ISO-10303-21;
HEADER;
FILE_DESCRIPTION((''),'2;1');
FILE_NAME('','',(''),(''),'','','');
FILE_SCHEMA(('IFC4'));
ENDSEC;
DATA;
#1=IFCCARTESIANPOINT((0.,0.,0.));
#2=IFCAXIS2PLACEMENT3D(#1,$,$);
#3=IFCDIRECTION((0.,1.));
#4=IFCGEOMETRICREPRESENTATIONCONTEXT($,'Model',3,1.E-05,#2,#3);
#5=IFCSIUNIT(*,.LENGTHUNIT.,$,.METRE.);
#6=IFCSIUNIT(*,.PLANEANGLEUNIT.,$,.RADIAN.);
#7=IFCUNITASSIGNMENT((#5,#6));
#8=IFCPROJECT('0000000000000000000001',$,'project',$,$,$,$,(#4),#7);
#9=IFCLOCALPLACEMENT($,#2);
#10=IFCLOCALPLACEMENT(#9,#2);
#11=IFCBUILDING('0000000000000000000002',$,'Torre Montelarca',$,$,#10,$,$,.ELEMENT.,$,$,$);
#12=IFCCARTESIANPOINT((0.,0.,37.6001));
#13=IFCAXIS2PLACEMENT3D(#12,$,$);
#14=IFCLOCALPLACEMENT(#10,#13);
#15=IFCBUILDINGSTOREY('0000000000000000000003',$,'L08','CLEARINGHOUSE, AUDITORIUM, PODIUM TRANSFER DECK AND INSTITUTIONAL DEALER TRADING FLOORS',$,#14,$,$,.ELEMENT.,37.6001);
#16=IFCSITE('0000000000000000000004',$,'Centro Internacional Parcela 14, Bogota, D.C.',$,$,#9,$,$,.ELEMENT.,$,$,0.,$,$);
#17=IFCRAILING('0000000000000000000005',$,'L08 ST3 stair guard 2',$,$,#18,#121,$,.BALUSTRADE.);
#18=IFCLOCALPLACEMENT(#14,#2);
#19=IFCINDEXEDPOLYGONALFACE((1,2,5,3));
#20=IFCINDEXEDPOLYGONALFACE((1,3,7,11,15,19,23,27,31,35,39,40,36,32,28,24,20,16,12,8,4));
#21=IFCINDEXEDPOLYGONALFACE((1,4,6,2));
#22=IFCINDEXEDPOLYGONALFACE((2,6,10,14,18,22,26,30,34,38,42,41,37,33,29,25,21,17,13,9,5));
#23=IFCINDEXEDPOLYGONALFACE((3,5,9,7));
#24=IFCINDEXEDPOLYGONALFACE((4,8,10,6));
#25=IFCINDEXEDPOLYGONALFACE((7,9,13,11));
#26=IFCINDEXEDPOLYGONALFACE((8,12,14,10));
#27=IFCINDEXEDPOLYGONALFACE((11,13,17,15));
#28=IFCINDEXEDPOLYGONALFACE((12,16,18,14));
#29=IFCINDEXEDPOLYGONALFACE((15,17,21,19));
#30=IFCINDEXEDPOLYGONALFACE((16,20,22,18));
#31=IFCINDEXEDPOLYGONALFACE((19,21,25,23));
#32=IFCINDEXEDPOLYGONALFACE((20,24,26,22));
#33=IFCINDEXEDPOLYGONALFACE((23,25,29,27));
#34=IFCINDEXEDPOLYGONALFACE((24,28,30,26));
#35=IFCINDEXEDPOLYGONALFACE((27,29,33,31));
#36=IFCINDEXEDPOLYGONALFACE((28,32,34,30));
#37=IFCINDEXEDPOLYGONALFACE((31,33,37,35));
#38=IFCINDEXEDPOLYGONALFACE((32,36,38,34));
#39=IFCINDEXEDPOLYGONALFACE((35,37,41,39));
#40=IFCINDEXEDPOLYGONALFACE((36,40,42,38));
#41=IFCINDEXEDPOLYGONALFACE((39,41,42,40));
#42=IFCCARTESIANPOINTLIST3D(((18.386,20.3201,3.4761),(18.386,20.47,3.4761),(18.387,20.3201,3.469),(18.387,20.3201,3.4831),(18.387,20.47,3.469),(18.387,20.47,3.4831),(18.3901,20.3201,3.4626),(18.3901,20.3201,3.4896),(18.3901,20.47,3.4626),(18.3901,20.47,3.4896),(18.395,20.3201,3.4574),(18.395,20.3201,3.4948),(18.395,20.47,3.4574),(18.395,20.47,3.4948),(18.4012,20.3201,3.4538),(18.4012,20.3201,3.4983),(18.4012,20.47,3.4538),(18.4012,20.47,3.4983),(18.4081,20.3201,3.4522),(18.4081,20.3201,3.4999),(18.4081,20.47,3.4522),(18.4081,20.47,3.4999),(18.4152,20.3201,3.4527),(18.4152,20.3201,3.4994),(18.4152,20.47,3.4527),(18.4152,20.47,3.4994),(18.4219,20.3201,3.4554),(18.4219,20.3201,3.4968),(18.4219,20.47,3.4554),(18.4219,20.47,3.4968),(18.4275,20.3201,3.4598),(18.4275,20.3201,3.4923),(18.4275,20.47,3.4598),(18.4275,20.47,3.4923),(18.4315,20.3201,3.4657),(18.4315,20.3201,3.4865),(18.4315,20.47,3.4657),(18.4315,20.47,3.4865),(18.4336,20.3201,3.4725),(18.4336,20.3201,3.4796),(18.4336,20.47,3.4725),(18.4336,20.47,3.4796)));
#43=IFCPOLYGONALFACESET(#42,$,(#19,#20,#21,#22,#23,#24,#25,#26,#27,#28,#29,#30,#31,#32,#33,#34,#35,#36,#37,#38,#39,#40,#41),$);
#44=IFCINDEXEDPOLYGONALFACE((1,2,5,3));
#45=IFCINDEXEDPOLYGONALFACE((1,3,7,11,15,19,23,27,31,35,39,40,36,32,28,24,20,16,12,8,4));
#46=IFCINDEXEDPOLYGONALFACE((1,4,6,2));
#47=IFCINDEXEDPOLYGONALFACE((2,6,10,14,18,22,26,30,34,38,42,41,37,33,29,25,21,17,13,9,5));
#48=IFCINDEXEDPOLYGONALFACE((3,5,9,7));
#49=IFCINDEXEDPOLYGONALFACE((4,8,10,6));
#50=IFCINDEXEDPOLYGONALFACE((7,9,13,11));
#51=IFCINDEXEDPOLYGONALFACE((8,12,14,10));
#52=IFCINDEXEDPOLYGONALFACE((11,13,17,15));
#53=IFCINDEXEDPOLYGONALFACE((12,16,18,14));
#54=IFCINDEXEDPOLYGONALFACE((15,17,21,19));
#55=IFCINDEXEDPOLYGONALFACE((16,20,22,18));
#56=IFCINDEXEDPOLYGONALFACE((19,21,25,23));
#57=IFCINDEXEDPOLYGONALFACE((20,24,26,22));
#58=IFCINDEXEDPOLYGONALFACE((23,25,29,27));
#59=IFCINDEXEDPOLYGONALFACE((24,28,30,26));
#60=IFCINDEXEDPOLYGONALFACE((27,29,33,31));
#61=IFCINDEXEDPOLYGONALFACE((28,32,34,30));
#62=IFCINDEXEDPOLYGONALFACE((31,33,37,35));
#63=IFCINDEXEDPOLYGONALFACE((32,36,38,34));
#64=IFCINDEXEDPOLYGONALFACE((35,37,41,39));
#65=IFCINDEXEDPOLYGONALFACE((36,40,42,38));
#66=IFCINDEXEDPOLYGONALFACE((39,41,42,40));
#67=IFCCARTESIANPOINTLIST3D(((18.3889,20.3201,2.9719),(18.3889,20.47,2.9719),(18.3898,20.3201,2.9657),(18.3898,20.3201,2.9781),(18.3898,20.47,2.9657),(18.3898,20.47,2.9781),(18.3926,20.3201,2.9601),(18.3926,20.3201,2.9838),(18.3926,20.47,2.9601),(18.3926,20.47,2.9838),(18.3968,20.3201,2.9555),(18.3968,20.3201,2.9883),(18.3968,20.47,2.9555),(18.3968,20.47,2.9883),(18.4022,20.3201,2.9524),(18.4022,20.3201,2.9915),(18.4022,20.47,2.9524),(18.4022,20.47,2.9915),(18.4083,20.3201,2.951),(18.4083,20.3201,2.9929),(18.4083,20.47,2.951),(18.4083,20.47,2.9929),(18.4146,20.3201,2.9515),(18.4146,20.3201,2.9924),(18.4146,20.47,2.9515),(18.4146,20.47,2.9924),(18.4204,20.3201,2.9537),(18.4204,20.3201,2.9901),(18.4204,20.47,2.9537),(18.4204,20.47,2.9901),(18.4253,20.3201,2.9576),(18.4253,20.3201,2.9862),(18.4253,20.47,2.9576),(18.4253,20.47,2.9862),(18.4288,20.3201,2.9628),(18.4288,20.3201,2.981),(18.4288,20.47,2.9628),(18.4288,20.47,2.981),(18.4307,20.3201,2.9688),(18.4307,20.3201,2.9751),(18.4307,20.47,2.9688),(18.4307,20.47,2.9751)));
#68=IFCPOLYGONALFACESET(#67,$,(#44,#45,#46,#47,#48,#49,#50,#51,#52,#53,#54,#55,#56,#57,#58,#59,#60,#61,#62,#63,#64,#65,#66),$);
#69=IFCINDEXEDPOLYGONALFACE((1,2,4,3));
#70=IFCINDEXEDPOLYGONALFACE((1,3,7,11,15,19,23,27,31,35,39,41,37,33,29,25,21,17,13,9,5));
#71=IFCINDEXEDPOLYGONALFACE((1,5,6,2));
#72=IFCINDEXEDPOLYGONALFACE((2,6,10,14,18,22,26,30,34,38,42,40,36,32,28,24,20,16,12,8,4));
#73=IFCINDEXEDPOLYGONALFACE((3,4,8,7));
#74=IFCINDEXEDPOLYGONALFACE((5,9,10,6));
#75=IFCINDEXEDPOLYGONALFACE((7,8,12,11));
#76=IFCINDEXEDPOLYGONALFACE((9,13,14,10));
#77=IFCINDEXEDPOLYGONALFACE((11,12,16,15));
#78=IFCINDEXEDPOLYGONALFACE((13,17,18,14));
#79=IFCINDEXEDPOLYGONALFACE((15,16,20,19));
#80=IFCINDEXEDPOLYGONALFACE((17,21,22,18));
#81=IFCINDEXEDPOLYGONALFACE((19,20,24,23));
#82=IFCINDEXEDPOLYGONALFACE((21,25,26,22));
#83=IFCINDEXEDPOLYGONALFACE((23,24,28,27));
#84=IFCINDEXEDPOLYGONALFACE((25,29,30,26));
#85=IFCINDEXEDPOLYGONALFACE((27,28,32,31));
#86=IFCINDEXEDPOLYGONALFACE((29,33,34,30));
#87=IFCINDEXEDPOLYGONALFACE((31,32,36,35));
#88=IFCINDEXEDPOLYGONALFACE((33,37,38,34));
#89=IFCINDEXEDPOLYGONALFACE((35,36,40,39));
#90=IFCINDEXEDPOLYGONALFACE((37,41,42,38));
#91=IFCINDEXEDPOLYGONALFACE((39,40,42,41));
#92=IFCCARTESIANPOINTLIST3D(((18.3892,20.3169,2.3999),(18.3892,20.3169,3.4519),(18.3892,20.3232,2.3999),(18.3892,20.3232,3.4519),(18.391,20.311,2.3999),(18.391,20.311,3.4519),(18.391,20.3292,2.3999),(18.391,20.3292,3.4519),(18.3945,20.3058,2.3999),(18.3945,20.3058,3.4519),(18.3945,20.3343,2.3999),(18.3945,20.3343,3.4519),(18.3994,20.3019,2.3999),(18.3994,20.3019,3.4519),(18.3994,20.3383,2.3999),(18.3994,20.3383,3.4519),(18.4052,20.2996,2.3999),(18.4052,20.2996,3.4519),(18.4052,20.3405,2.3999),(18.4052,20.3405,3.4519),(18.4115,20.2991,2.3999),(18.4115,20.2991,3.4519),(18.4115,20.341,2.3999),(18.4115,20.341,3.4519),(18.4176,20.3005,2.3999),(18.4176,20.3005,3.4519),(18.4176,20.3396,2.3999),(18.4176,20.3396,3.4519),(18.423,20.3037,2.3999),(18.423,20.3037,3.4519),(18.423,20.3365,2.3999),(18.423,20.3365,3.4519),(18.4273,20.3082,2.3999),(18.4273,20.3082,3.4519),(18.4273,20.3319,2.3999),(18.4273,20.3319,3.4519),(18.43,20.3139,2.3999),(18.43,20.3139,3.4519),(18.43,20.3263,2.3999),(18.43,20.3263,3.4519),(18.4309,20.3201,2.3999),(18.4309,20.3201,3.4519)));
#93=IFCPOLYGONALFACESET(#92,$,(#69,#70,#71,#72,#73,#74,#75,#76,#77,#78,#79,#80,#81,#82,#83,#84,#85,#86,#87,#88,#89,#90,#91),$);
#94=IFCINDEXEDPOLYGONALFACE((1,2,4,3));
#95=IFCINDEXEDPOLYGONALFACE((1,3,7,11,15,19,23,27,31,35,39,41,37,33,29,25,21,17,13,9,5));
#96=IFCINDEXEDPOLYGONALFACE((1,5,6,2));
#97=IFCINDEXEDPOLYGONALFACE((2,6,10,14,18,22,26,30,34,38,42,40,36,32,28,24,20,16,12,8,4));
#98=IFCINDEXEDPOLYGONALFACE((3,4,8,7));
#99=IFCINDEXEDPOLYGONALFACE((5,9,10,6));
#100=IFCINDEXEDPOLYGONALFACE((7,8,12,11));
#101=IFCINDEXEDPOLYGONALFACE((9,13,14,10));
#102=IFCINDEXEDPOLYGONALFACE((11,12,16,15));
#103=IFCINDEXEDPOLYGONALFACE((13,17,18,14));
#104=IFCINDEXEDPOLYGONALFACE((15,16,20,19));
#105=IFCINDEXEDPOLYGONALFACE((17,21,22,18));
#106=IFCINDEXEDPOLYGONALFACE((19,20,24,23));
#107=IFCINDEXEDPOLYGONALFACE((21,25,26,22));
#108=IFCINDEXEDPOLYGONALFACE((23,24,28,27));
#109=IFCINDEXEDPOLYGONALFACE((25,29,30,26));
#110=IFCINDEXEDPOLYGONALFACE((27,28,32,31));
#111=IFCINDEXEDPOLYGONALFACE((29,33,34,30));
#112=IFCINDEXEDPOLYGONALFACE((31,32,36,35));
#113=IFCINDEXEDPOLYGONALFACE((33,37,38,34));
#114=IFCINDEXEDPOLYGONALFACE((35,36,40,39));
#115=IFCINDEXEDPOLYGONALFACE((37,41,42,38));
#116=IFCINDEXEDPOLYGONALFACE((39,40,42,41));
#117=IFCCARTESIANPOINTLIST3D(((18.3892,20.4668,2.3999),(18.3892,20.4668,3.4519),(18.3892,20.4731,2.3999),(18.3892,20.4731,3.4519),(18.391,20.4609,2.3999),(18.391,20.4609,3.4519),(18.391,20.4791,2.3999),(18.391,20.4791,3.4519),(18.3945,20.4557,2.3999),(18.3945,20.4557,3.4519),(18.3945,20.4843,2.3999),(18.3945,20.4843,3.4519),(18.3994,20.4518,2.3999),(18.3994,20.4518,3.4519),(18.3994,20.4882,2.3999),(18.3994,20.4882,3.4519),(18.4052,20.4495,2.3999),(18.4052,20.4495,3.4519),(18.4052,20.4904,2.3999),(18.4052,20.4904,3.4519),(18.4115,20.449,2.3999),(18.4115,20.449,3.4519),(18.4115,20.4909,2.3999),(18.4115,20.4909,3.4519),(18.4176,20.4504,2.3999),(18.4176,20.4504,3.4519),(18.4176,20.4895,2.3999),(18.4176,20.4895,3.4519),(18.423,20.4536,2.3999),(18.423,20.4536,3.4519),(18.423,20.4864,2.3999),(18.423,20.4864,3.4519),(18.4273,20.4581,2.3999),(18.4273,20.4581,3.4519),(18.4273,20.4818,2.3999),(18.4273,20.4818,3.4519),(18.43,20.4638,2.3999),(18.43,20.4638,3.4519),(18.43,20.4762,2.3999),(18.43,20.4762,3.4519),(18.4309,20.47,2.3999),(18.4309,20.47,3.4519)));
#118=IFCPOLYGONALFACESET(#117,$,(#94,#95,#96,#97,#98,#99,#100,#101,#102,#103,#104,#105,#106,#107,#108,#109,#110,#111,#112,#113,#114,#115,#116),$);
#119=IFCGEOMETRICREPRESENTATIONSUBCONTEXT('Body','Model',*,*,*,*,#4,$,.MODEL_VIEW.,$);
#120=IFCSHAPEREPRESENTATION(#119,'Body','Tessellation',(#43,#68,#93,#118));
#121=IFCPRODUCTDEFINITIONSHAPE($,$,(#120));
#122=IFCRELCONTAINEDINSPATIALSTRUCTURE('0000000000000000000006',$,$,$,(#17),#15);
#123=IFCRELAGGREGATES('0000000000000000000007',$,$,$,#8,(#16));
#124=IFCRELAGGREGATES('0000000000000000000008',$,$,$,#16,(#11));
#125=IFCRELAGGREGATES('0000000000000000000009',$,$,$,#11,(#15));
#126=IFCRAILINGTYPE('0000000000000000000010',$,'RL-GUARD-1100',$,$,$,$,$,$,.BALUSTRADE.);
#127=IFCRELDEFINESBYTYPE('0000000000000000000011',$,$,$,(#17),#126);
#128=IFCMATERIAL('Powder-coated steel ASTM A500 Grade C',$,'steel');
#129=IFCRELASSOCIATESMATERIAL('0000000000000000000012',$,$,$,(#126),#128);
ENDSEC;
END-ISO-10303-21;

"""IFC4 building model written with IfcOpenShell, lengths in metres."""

from ifc_helpers import new_model, si_unit, direction, frame, origin, origin_2d, place, context, subcontext, project, spatial, circle, extrude, material, type_object, element, save


model = new_model("IFC4")

# Units and contexts
model_context = context("Model", 3, precision=1e-05, world=origin(), true_north=direction((0.0, 1.0)))
body_context = subcontext(model_context, "Body", "Model", "MODEL_VIEW")
ifc_project = project(units=[si_unit("LENGTHUNIT", "METRE"), si_unit("PLANEANGLEUNIT", "RADIAN")], contexts=[model_context])

# Site, building, storey
site_placement = place(None, origin())
site = spatial("IfcSite", under=ifc_project, at=site_placement, Name="Centro Internacional Parcela 14, Bogota, D.C.", CompositionType="ELEMENT", RefElevation=0.0)
building_placement = place(site_placement, origin())
building = spatial("IfcBuilding", under=site, at=building_placement, Name="Torre Montelarca", CompositionType="ELEMENT")
storey_placement = place(building_placement, frame((0.0, 0.0, 37.6001)))
storey = spatial("IfcBuildingStorey", under=building, at=storey_placement, Name="L08", Description="CLEARINGHOUSE, AUDITORIUM, PODIUM TRANSFER DECK AND INSTITUTIONAL DEALER TRADING FLOORS", CompositionType="ELEMENT", Elevation=37.6001)

# Railing
ifc_material_1 = material(Name="Powder-coated steel ASTM A500 Grade C", Category="steel")
railing_type_1 = type_object("IfcRailingType", Name="RL-GUARD-1100", PredefinedType="BALUSTRADE", material=ifc_material_1)
railing_1_placement = place(storey_placement, frame((18.4099, 20.3201, 2.3999)))
element("IfcRailing", 1, at=railing_1_placement, inside=storey, type_object=railing_type_1, Name="L08 ST3 stair guard 2", PredefinedType="BALUSTRADE", context=body_context, shape_type="SweptSolid", body=[
    extrude(circle(Radius=0.0239, at=origin_2d()), frame((0.0, 0.0, 1.0762), z_axis=(0.0, 1.0, 0.0), x_axis=(-1.0, 0.0, 0.0)), (0.0, 0.0, 1.0), 0.1499),
    extrude(circle(Radius=0.021, at=origin_2d()), frame((0.0, 0.0, 0.572), z_axis=(0.0, 1.0, 0.0), x_axis=(-1.0, 0.0, 0.0)), (0.0, 0.0, 1.0), 0.1499),
    extrude(circle(Radius=0.021, at=origin_2d()), origin(), (0.0, 0.0, 1.0), 1.052),
    extrude(circle(Radius=0.021, at=origin_2d()), frame((0.0, 0.1499, 0.0)), (0.0, 0.0, 1.0), 1.052),
])

save(model, "model.ifc")
